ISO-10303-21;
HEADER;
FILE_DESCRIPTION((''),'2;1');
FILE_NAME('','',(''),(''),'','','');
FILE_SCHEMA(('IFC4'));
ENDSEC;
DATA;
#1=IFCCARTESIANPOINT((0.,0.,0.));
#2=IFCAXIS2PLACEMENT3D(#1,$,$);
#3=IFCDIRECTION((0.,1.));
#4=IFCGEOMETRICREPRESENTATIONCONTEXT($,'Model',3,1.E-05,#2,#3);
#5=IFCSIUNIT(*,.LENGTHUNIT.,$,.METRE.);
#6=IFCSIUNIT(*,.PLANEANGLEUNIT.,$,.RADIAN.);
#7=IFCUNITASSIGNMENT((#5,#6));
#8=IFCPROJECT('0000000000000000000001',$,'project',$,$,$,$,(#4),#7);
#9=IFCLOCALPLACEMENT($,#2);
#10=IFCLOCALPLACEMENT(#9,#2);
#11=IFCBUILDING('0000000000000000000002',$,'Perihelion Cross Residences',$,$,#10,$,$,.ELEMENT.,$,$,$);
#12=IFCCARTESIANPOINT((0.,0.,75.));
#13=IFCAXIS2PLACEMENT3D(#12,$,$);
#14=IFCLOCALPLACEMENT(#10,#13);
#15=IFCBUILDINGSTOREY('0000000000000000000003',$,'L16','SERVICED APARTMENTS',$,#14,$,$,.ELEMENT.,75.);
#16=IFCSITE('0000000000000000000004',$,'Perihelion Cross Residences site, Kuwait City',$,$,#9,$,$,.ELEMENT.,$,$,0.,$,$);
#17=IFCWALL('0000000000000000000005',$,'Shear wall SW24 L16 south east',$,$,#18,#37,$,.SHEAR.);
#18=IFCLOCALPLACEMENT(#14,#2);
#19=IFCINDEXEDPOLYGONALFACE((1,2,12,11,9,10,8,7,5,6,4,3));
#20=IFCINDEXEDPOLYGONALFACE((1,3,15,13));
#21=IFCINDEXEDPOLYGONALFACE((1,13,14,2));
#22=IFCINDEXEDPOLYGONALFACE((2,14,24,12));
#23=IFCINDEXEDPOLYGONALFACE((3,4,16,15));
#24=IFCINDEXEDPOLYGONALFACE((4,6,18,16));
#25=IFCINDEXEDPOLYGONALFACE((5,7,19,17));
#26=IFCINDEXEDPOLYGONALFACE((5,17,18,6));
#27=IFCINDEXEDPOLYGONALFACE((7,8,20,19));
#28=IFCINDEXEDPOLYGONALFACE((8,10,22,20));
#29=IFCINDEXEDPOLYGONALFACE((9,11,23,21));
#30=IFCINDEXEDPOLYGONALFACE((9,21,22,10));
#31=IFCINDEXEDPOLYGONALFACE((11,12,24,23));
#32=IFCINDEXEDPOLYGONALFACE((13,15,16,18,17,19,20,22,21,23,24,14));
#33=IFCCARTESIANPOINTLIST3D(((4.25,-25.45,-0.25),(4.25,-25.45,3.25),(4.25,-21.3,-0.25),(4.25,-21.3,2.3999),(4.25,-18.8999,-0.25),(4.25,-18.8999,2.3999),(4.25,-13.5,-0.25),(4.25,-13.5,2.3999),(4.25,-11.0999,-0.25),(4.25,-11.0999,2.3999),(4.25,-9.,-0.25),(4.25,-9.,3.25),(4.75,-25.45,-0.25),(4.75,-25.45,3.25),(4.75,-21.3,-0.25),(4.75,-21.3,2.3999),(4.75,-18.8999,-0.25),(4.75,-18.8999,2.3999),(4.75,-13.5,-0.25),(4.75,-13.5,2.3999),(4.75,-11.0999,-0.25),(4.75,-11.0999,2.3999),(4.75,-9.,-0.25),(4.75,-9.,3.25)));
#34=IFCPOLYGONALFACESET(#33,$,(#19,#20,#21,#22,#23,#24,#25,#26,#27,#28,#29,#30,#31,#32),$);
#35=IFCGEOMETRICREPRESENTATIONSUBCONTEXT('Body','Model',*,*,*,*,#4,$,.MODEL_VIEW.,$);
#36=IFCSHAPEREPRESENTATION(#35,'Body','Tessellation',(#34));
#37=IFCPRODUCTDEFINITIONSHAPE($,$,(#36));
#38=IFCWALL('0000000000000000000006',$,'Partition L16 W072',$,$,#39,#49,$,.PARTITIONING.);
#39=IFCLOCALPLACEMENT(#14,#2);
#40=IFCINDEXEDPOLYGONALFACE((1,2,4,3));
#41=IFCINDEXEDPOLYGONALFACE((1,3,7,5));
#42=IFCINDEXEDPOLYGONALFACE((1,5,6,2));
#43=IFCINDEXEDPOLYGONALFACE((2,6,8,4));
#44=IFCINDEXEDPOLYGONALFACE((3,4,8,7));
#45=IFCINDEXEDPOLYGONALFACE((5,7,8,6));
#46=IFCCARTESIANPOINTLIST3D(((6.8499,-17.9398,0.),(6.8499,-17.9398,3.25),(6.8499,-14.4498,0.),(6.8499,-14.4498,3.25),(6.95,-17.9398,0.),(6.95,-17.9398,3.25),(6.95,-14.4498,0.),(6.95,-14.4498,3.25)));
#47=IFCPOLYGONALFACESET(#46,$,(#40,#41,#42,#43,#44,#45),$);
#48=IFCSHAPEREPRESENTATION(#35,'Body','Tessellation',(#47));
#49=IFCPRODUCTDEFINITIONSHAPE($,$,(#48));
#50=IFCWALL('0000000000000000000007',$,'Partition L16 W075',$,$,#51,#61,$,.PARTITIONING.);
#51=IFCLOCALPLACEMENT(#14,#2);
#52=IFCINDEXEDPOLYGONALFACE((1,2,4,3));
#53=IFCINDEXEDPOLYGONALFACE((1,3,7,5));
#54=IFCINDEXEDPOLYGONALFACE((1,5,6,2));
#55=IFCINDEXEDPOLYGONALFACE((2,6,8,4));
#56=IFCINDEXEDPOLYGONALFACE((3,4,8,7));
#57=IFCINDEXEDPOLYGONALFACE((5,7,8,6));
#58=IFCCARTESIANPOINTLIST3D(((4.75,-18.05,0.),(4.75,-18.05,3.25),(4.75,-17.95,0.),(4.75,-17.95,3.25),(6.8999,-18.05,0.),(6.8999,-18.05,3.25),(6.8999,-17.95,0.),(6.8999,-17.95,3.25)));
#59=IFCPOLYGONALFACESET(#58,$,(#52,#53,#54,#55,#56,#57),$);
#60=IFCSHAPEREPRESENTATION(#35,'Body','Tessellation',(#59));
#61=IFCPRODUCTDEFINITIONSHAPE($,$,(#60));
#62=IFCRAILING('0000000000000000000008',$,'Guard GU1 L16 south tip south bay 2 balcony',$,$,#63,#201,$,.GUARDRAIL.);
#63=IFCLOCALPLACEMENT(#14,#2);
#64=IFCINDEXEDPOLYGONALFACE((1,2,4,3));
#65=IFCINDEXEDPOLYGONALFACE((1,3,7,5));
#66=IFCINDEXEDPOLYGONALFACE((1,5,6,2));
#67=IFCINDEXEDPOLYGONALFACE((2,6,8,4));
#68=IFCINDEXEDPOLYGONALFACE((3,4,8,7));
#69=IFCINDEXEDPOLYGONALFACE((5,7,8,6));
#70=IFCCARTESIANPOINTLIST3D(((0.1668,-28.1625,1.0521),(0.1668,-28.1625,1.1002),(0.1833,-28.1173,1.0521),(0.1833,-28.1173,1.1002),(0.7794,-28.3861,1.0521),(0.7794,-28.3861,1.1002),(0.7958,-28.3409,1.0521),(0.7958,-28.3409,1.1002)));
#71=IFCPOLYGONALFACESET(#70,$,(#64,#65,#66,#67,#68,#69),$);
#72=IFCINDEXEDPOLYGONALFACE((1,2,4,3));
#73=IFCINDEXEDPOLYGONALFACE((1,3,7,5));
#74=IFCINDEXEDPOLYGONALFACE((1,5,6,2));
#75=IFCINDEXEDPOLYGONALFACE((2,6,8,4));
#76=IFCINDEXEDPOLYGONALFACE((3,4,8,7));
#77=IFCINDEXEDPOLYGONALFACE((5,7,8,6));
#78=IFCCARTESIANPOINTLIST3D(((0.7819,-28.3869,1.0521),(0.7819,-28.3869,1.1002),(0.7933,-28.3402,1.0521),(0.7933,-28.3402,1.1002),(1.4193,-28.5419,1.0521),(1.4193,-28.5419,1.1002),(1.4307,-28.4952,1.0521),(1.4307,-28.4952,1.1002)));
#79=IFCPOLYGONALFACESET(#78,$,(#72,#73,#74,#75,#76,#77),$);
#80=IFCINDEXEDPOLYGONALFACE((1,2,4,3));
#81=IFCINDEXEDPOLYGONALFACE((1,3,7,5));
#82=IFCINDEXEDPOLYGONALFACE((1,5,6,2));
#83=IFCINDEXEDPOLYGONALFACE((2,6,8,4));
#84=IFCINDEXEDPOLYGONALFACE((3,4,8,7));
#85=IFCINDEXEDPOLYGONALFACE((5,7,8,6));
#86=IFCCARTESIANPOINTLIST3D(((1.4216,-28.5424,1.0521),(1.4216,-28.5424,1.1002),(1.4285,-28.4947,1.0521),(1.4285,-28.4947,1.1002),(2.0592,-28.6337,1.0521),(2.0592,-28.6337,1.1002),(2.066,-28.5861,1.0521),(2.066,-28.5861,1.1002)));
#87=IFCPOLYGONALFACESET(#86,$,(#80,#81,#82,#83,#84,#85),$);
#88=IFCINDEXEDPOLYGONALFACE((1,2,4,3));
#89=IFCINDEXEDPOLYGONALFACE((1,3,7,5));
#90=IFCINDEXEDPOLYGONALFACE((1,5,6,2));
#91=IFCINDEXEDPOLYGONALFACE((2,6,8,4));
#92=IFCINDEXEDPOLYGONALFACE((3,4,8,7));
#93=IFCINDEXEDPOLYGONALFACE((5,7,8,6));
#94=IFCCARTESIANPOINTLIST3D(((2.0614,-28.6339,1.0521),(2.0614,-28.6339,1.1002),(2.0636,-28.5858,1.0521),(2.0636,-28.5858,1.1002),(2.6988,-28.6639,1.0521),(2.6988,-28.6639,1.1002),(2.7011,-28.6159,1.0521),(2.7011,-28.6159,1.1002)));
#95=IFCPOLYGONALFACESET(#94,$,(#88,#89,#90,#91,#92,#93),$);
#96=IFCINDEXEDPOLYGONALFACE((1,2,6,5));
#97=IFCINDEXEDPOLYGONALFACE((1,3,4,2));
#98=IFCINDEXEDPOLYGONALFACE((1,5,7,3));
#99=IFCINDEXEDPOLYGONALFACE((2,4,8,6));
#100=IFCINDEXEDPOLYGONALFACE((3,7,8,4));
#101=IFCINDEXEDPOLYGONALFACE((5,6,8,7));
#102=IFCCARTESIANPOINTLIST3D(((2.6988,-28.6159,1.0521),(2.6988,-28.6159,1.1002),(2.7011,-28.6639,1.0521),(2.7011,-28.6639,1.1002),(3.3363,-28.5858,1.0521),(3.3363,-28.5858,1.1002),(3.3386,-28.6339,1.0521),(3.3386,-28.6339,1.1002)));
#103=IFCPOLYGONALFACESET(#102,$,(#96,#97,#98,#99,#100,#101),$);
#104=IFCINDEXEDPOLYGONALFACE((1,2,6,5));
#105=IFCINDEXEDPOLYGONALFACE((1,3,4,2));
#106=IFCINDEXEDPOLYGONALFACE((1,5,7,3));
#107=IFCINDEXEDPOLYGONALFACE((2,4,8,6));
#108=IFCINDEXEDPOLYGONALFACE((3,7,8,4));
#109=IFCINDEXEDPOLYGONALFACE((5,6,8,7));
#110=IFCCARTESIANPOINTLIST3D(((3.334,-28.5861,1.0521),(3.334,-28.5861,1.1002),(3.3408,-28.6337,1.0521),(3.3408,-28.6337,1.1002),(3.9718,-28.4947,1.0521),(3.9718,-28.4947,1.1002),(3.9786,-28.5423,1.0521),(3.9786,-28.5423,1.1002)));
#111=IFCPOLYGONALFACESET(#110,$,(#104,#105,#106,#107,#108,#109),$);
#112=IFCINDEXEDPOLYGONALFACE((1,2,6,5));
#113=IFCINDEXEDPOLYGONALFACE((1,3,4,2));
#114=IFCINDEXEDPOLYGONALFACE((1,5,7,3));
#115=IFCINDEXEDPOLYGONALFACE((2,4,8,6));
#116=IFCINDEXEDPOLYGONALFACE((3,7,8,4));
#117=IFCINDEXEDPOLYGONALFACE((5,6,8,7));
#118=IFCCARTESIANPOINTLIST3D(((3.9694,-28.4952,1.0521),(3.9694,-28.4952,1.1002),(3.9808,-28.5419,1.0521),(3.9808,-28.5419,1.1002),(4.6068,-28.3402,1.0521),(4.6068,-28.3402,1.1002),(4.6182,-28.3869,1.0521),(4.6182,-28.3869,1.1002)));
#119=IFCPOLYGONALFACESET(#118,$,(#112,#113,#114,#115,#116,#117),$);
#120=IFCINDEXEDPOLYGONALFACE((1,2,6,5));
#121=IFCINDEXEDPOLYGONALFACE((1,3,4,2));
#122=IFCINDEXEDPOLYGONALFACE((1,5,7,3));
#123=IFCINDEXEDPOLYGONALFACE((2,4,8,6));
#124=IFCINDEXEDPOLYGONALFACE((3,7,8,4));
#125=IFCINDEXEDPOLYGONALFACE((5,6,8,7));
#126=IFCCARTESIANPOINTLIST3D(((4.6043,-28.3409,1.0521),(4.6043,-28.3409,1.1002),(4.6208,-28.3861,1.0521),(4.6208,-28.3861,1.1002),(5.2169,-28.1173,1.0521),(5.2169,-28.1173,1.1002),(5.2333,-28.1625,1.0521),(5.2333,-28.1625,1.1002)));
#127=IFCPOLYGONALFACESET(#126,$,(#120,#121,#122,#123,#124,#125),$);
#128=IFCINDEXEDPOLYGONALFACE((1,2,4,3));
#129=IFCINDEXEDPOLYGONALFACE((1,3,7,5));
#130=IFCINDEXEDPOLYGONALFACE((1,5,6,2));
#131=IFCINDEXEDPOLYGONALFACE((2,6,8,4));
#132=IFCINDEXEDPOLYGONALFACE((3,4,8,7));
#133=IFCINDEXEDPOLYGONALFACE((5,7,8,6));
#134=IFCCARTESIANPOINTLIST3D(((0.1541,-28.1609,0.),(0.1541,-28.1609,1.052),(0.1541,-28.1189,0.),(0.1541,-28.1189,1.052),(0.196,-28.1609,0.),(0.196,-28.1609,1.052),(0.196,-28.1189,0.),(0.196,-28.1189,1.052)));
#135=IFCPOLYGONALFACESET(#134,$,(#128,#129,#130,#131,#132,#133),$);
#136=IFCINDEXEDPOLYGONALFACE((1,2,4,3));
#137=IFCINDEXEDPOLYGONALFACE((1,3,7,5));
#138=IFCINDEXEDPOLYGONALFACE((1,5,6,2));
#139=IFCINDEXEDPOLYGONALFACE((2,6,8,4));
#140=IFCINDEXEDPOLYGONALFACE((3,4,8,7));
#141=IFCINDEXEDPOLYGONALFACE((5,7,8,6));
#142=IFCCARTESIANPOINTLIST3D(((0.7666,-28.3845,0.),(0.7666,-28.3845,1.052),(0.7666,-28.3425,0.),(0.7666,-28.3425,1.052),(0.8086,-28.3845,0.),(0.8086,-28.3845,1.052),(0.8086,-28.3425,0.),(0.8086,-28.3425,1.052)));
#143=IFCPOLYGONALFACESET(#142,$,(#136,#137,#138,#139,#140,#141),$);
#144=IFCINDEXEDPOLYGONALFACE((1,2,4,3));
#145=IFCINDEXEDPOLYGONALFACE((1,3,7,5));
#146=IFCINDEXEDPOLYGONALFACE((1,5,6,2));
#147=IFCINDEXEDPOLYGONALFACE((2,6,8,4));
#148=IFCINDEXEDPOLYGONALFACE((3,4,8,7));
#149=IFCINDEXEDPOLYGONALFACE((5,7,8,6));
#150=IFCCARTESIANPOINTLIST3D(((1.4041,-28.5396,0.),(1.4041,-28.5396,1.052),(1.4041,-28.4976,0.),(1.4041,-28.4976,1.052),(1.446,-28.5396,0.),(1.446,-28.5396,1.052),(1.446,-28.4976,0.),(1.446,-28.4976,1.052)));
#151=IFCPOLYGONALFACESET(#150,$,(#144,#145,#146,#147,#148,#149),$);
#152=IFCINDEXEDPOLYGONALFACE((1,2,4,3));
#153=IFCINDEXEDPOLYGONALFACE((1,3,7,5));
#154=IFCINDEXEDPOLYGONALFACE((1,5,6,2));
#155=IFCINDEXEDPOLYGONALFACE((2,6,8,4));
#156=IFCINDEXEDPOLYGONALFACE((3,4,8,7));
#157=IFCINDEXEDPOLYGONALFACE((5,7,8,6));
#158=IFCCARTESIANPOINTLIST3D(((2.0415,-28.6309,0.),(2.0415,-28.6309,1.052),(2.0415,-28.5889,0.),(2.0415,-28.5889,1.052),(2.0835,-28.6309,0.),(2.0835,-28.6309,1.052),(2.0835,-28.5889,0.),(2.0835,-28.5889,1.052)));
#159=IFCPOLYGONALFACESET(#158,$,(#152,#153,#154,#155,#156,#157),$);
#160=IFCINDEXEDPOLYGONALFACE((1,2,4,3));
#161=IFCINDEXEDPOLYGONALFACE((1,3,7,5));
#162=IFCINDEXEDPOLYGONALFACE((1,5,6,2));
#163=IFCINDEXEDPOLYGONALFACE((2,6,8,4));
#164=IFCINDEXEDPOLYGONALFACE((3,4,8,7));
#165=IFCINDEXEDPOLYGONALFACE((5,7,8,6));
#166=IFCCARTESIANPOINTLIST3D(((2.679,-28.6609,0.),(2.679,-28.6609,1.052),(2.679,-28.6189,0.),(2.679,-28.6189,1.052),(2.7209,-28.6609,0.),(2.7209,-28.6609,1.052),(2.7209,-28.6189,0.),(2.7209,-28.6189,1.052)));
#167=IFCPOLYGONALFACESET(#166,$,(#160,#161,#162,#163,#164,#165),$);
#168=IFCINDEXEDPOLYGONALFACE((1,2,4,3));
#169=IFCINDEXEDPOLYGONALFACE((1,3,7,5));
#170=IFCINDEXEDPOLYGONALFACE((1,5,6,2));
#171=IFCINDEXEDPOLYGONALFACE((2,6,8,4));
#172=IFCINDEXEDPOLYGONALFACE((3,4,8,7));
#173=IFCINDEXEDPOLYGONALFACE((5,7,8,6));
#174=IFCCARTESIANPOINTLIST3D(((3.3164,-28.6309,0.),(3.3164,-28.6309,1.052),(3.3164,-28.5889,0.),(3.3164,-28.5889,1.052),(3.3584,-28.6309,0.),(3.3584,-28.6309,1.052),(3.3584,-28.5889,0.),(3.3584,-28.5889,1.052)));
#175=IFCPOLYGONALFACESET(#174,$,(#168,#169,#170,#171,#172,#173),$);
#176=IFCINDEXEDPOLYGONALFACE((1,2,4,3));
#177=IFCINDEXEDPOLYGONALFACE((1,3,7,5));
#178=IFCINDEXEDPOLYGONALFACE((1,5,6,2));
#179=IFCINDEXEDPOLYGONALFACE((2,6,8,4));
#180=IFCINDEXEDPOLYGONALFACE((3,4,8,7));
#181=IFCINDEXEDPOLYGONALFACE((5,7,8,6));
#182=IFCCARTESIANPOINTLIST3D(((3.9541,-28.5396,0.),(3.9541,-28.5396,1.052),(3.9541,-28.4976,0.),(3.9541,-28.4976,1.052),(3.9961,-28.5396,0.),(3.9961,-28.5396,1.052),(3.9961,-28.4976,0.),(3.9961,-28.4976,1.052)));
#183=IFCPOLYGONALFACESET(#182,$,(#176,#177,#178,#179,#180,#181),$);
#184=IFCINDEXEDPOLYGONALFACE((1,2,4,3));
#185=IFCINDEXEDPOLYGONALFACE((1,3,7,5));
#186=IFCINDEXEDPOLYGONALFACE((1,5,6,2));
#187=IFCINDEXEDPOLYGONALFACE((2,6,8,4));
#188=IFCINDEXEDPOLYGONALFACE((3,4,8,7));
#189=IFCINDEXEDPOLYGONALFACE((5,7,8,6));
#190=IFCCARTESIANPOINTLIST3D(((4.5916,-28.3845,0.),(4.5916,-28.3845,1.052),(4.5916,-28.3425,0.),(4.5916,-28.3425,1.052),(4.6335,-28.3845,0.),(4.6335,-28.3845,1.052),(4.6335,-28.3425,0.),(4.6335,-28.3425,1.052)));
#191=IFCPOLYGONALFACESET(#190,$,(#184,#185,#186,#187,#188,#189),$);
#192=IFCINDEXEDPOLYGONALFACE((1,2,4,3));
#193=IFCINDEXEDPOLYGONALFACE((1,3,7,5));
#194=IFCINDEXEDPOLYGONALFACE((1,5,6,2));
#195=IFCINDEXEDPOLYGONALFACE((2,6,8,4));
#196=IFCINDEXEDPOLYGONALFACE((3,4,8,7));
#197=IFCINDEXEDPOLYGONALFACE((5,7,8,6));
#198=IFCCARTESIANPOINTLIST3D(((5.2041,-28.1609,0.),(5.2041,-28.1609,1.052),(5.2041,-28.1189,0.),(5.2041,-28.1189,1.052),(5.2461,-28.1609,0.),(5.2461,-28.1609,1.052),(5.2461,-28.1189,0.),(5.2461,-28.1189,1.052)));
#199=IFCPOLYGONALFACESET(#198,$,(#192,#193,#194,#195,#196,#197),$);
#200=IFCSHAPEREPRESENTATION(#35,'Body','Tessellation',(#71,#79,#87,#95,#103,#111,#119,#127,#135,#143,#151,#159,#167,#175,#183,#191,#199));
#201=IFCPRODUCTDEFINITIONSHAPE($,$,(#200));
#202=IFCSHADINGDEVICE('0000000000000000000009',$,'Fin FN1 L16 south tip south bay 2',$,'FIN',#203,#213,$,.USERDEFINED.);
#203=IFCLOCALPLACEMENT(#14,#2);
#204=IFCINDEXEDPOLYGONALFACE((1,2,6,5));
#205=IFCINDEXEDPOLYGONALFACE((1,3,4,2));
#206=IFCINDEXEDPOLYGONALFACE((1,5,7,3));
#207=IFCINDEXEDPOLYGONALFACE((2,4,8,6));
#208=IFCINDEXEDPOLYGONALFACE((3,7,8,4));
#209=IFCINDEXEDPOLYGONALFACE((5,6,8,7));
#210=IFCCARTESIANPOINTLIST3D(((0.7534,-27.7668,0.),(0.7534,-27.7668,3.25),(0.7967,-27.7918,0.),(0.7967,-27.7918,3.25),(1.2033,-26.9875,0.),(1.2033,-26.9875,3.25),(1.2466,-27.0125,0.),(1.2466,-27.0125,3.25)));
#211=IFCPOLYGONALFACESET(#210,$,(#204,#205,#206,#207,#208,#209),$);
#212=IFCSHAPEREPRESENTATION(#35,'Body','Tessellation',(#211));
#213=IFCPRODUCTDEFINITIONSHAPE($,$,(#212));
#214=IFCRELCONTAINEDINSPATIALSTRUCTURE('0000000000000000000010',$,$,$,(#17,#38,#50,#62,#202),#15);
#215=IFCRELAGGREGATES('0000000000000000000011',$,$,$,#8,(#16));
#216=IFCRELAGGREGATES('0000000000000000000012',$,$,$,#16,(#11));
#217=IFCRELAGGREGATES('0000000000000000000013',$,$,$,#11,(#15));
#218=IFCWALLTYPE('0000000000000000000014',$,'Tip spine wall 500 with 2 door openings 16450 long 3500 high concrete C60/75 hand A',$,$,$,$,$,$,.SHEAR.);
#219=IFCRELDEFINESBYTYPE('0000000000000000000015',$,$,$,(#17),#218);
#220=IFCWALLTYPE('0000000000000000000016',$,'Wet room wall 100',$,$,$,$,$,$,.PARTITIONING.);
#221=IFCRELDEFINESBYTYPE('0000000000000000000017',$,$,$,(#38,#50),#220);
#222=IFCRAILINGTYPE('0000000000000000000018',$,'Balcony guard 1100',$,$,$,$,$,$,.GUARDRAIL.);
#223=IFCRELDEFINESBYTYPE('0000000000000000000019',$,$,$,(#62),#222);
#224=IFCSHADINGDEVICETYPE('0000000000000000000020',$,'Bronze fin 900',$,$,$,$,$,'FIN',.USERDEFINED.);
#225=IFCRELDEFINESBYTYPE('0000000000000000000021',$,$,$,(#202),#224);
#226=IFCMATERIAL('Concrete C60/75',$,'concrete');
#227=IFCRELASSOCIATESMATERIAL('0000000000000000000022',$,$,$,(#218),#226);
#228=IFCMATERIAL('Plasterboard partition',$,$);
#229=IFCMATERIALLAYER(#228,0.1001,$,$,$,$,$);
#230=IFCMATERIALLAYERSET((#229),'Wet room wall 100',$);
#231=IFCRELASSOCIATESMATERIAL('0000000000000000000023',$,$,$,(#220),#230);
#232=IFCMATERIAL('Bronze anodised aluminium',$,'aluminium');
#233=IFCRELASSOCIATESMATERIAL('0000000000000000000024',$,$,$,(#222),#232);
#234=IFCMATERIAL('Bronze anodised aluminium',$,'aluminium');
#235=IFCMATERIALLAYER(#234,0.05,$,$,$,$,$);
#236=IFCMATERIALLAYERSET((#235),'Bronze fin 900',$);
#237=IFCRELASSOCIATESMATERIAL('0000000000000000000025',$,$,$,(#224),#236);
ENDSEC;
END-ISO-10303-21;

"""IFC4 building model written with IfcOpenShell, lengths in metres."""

from ifc_helpers import new_model, si_unit, direction, frame, frame_2d, origin, origin_2d, place, context, subcontext, project, spatial, polyline, rectangle, outline, extrude, material, layer, layer_set, material_profile, profile_set, type_object, element, save


model = new_model("IFC4")

# Units and contexts
model_context = context("Model", 3, precision=1e-05, world=origin(), true_north=direction((0.0, 1.0)))
body_context = subcontext(model_context, "Body", "Model", "MODEL_VIEW")
ifc_project = project(units=[si_unit("LENGTHUNIT", "METRE"), si_unit("PLANEANGLEUNIT", "RADIAN")], contexts=[model_context])

# Site, building, storey
site_placement = place(None, origin())
site = spatial("IfcSite", under=ifc_project, at=site_placement, Name="Perihelion Cross Residences site, Kuwait City", CompositionType="ELEMENT", RefElevation=0.0)
building_placement = place(site_placement, origin())
building = spatial("IfcBuilding", under=site, at=building_placement, Name="Perihelion Cross Residences", CompositionType="ELEMENT")
storey_placement = place(building_placement, frame((0.0, 0.0, 75.0)))
storey = spatial("IfcBuildingStorey", under=building, at=storey_placement, Name="L16", Description="SERVICED APARTMENTS", CompositionType="ELEMENT", Elevation=75.0)

# Walls
ifc_material_1 = material(Name="Concrete C60/75", Category="concrete")
ifc_material_profile_1 = material_profile(ifc_material_1, outline(polyline([(0.0, 0.0), (4.1499, 0.0), (4.1499, 2.6499), (6.55, 2.6499), (6.55, 0.0), (11.95, 0.0), (11.95, 2.6499), (14.3501, 2.6499), (14.3501, 0.0), (16.45, 0.0), (16.45, 3.5), (0.0, 3.5), (0.0, 0.0)])), Name="Tip spine wall")
ifc_profile_set_1 = profile_set([ifc_material_profile_1], Name="Concrete C60/75")
wall_type_1 = type_object("IfcWallType", Name="Tip spine wall 500 with 2 door openings 16450 long 3500 high concrete C60/75 hand A", PredefinedType="SHEAR", material=ifc_profile_set_1)
wall_1_placement = place(storey_placement, frame((4.25, -25.45, -0.25), z_axis=(1.0, 0.0, 0.0), x_axis=(0.0, 1.0, 0.0)))
element("IfcWall", 1, at=wall_1_placement, inside=storey, type_object=wall_type_1, Name="Shear wall SW24 L16 south east", PredefinedType="SHEAR", context=body_context, shape_type="SweptSolid", body=[
    extrude(outline(polyline([(0.0, 0.0), (4.1499, 0.0), (4.1499, 2.6499), (6.55, 2.6499), (6.55, 0.0), (11.95, 0.0), (11.95, 2.6499), (14.3501, 2.6499), (14.3501, 0.0), (16.45, 0.0), (16.45, 3.5), (0.0, 3.5), (0.0, 0.0)])), origin(), (0.0, 0.0, 1.0), 0.5),
])
ifc_material_2 = material(Name="Plasterboard partition")
ifc_layer_1 = layer(ifc_material_2, 0.1001)
ifc_layer_set_1 = layer_set([ifc_layer_1], Name="Wet room wall 100")
wall_type_2 = type_object("IfcWallType", Name="Wet room wall 100", PredefinedType="PARTITIONING", material=ifc_layer_set_1)
wall_2_placement = place(storey_placement, frame((6.8999, -17.9399, 0.0), z_axis=(0.0, 0.0, 1.0), x_axis=(0.0, 1.0, 0.0)))
element("IfcWall", 2, at=wall_2_placement, inside=storey, type_object=wall_type_2, Name="Partition L16 W072", PredefinedType="PARTITIONING", context=body_context, shape_type="SweptSolid", body=[
    extrude(rectangle(XDim=3.49, YDim=0.1001, at=frame_2d((1.7451, 0.0))), origin(), (0.0, 0.0, 1.0), 3.25),
])
wall_3_placement = place(storey_placement, frame((6.8999, -18.0, 0.0), z_axis=(0.0, 0.0, 1.0), x_axis=(-1.0, 0.0, 0.0)))
element("IfcWall", 3, at=wall_3_placement, inside=storey, type_object=wall_type_2, Name="Partition L16 W075", PredefinedType="PARTITIONING", context=body_context, shape_type="SweptSolid", body=[
    extrude(rectangle(XDim=2.1499, YDim=0.1001, at=frame_2d((1.075, 0.0))), origin(), (0.0, 0.0, 1.0), 3.25),
])

# Railing
ifc_material_3 = material(Name="Bronze anodised aluminium", Category="aluminium")
railing_type = type_object("IfcRailingType", Name="Balcony guard 1100", PredefinedType="GUARDRAIL", material=ifc_material_3)
railing_placement = place(storey_placement, frame((0.175, -28.1399, 0.0)))
element("IfcRailing", 4, at=railing_placement, inside=storey, type_object=railing_type, Name="Guard GU1 L16 south tip south bay 2 balcony", PredefinedType="GUARDRAIL", context=body_context, shape_type="SweptSolid", body=[
    extrude(rectangle(XDim=0.0481, YDim=0.0481, at=origin_2d()), frame((0.0, 0.0, 1.0762), z_axis=(0.939355, -0.342945, 0.0), x_axis=(0.342945, 0.939355, 0.0)), (0.0, 0.0, 1.0), 0.6521),
    extrude(rectangle(XDim=0.0481, YDim=0.0481, at=origin_2d()), frame((0.6125, -0.2236, 1.0762), z_axis=(0.971677, -0.236314, 0.0), x_axis=(0.236314, 0.971677, 0.0)), (0.0, 0.0, 1.0), 0.656),
    extrude(rectangle(XDim=0.0481, YDim=0.0481, at=origin_2d()), frame((1.25, -0.3787, 1.0762), z_axis=(0.989896, -0.141793, 0.0), x_axis=(0.141793, 0.989896, 0.0)), (0.0, 0.0, 1.0), 0.644),
    extrude(rectangle(XDim=0.0481, YDim=0.0481, at=origin_2d()), frame((1.8875, -0.47, 1.0762), z_axis=(0.998892, -0.047056, 0.0), x_axis=(0.047056, 0.998892, 0.0)), (0.0, 0.0, 1.0), 0.6382),
    extrude(rectangle(XDim=0.0481, YDim=0.0481, at=origin_2d()), frame((2.5249, -0.5, 1.0762), z_axis=(0.998892, 0.047056, 0.0), x_axis=(-0.047056, 0.998892, 0.0)), (0.0, 0.0, 1.0), 0.6382),
    extrude(rectangle(XDim=0.0481, YDim=0.0481, at=origin_2d()), frame((3.1624, -0.47, 1.0762), z_axis=(0.989904, 0.14174, 0.0), x_axis=(-0.14174, 0.989904, 0.0)), (0.0, 0.0, 1.0), 0.6443),
    extrude(rectangle(XDim=0.0481, YDim=0.0481, at=origin_2d()), frame((3.8, -0.3787, 1.0762), z_axis=(0.971677, 0.236314, 0.0), x_axis=(-0.236314, 0.971677, 0.0)), (0.0, 0.0, 1.0), 0.656),
    extrude(rectangle(XDim=0.0481, YDim=0.0481, at=origin_2d()), frame((4.4375, -0.2236, 1.0762), z_axis=(0.939355, 0.342945, 0.0), x_axis=(-0.342945, 0.939355, 0.0)), (0.0, 0.0, 1.0), 0.6521),
    extrude(rectangle(XDim=0.042, YDim=0.042, at=origin_2d()), origin(), (0.0, 0.0, 1.0), 1.052),
    extrude(rectangle(XDim=0.042, YDim=0.042, at=origin_2d()), frame((0.6125, -0.2236, 0.0)), (0.0, 0.0, 1.0), 1.052),
    extrude(rectangle(XDim=0.042, YDim=0.042, at=origin_2d()), frame((1.25, -0.3787, 0.0)), (0.0, 0.0, 1.0), 1.052),
    extrude(rectangle(XDim=0.042, YDim=0.042, at=origin_2d()), frame((1.8875, -0.47, 0.0)), (0.0, 0.0, 1.0), 1.052),
    extrude(rectangle(XDim=0.042, YDim=0.042, at=origin_2d()), frame((2.5249, -0.5, 0.0)), (0.0, 0.0, 1.0), 1.052),
    extrude(rectangle(XDim=0.042, YDim=0.042, at=origin_2d()), frame((3.1624, -0.47, 0.0)), (0.0, 0.0, 1.0), 1.052),
    extrude(rectangle(XDim=0.042, YDim=0.042, at=origin_2d()), frame((3.8, -0.3787, 0.0)), (0.0, 0.0, 1.0), 1.052),
    extrude(rectangle(XDim=0.042, YDim=0.042, at=origin_2d()), frame((4.4375, -0.2236, 0.0)), (0.0, 0.0, 1.0), 1.052),
    extrude(rectangle(XDim=0.042, YDim=0.042, at=origin_2d()), frame((5.05, 0.0, 0.0)), (0.0, 0.0, 1.0), 1.052),
])

# Shading device
ifc_material_4 = material(Name="Bronze anodised aluminium", Category="aluminium")
ifc_layer_2 = layer(ifc_material_4, 0.05)
ifc_layer_set_2 = layer_set([ifc_layer_2], Name="Bronze fin 900")
shading_device_type = type_object("IfcShadingDeviceType", Name="Bronze fin 900", ElementType="FIN", PredefinedType="USERDEFINED", material=ifc_layer_set_2)
shading_device_placement = place(storey_placement, frame((1.0, -27.3896, 0.0), z_axis=(0.0, 0.0, 1.0), x_axis=(-0.5, -0.866025, 0.0)))
element("IfcShadingDevice", 5, at=shading_device_placement, inside=storey, type_object=shading_device_type, Name="Fin FN1 L16 south tip south bay 2", ObjectType="FIN", PredefinedType="USERDEFINED", context=body_context, shape_type="SweptSolid", body=[
    extrude(rectangle(XDim=0.8999, YDim=0.05, at=origin_2d()), origin(), (0.0, 0.0, 1.0), 3.25),
])

save(model, "model.ifc")
